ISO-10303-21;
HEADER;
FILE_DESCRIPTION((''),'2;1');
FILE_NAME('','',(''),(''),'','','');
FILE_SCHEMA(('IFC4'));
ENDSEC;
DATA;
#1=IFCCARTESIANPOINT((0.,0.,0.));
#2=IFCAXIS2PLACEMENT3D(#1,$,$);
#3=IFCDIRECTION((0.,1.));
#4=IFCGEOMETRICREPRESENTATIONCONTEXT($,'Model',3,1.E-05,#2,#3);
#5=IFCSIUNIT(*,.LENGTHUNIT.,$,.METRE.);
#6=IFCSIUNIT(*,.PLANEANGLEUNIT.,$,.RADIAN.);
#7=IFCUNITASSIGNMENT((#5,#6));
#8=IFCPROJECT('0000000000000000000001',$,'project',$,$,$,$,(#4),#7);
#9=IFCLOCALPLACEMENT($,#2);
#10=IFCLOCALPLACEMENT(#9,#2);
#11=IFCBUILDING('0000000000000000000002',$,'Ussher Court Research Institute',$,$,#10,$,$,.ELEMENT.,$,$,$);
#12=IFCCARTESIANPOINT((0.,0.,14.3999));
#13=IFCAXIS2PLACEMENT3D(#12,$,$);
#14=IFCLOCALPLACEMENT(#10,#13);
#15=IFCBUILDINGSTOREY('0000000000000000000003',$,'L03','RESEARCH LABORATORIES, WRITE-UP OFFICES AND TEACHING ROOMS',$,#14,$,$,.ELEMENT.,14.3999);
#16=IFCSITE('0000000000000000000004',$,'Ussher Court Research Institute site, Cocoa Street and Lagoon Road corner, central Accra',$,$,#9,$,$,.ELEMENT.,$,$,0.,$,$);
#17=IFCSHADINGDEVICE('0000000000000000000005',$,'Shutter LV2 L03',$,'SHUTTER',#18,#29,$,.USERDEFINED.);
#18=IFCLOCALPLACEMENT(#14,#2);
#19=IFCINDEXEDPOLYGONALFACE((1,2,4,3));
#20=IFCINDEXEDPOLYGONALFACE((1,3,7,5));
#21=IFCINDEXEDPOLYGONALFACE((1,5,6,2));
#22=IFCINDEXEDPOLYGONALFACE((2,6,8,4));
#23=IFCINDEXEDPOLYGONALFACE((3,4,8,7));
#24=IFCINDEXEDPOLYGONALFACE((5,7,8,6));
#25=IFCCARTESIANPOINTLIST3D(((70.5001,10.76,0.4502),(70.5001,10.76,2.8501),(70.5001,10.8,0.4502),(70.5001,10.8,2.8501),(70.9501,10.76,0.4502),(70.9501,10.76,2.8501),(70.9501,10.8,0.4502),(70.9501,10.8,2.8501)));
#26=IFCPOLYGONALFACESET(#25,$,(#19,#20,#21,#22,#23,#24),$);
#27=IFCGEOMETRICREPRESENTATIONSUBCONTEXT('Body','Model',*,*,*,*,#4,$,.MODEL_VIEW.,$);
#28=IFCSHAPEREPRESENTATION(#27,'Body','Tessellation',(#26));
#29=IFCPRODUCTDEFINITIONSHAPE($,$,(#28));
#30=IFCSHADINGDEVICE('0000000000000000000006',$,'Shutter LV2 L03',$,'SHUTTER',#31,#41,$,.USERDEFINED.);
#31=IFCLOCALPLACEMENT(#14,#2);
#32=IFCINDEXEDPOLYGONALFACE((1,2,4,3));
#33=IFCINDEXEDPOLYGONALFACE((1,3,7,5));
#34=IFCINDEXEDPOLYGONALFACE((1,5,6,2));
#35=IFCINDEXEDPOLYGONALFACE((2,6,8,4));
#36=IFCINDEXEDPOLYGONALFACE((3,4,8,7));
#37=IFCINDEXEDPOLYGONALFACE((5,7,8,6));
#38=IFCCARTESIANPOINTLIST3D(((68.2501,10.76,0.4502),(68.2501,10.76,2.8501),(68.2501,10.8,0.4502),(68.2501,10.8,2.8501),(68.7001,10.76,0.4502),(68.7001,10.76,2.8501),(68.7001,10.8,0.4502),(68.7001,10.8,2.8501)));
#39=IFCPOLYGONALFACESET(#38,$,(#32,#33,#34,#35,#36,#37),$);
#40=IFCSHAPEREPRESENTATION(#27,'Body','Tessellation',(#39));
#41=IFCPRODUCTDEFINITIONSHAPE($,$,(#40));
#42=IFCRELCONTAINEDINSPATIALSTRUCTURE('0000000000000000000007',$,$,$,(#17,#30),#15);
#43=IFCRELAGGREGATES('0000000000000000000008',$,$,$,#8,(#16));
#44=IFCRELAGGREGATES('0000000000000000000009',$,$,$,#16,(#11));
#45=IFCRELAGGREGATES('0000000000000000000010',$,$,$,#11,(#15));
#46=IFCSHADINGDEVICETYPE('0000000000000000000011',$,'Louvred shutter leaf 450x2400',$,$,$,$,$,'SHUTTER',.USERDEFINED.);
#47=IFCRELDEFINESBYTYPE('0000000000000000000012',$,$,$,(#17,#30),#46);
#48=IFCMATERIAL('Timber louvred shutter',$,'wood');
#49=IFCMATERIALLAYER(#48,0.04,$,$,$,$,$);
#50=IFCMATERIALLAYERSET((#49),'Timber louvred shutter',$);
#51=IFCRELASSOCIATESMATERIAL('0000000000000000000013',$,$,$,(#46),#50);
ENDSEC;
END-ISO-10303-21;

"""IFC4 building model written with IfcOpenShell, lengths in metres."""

from ifc_helpers import new_model, si_unit, direction, frame, origin, origin_2d, place, context, subcontext, project, spatial, rectangle, extrude, material, layer, layer_set, type_object, element, save


model = new_model("IFC4")

# Units and contexts
model_context = context("Model", 3, precision=1e-05, world=origin(), true_north=direction((0.0, 1.0)))
body_context = subcontext(model_context, "Body", "Model", "MODEL_VIEW")
ifc_project = project(units=[si_unit("LENGTHUNIT", "METRE"), si_unit("PLANEANGLEUNIT", "RADIAN")], contexts=[model_context])

# Site, building, storey
site_placement = place(None, origin())
site = spatial("IfcSite", under=ifc_project, at=site_placement, Name="Ussher Court Research Institute site, Cocoa Street and Lagoon Road corner, central Accra", CompositionType="ELEMENT", RefElevation=0.0)
building_placement = place(site_placement, origin())
building = spatial("IfcBuilding", under=site, at=building_placement, Name="Ussher Court Research Institute", CompositionType="ELEMENT")
storey_placement = place(building_placement, frame((0.0, 0.0, 14.3999)))
storey = spatial("IfcBuildingStorey", under=building, at=storey_placement, Name="L03", Description="RESEARCH LABORATORIES, WRITE-UP OFFICES AND TEACHING ROOMS", CompositionType="ELEMENT", Elevation=14.3999)

# Shading devices
ifc_material_1 = material(Name="Timber louvred shutter", Category="wood")
ifc_layer_1 = layer(ifc_material_1, 0.04)
ifc_layer_set_1 = layer_set([ifc_layer_1], Name="Timber louvred shutter")
shading_device_type_1 = type_object("IfcShadingDeviceType", Name="Louvred shutter leaf 450x2400", ElementType="SHUTTER", PredefinedType="USERDEFINED", material=ifc_layer_set_1)
for number, where, z_axis, x_axis, name in (
    (1, (70.7251, 10.78, 0.4502), (0.0, 0.0, 1.0), (-1.0, 0.0, 0.0), "Shutter LV2 L03"),
    (2, (68.4751, 10.78, 0.4502), (0.0, 0.0, 1.0), (-1.0, 0.0, 0.0), "Shutter LV2 L03"),
):
    element("IfcShadingDevice", number, at=place(storey_placement, frame(where, z_axis=z_axis, x_axis=x_axis)), inside=storey, type_object=shading_device_type_1, Name=name, ObjectType="SHUTTER", PredefinedType="USERDEFINED", context=body_context, shape_type="SweptSolid", body=[
        extrude(rectangle(XDim=0.45, YDim=0.04, at=origin_2d()), origin(), (0.0, 0.0, 1.0), 2.3999),
    ])

save(model, "model.ifc")
